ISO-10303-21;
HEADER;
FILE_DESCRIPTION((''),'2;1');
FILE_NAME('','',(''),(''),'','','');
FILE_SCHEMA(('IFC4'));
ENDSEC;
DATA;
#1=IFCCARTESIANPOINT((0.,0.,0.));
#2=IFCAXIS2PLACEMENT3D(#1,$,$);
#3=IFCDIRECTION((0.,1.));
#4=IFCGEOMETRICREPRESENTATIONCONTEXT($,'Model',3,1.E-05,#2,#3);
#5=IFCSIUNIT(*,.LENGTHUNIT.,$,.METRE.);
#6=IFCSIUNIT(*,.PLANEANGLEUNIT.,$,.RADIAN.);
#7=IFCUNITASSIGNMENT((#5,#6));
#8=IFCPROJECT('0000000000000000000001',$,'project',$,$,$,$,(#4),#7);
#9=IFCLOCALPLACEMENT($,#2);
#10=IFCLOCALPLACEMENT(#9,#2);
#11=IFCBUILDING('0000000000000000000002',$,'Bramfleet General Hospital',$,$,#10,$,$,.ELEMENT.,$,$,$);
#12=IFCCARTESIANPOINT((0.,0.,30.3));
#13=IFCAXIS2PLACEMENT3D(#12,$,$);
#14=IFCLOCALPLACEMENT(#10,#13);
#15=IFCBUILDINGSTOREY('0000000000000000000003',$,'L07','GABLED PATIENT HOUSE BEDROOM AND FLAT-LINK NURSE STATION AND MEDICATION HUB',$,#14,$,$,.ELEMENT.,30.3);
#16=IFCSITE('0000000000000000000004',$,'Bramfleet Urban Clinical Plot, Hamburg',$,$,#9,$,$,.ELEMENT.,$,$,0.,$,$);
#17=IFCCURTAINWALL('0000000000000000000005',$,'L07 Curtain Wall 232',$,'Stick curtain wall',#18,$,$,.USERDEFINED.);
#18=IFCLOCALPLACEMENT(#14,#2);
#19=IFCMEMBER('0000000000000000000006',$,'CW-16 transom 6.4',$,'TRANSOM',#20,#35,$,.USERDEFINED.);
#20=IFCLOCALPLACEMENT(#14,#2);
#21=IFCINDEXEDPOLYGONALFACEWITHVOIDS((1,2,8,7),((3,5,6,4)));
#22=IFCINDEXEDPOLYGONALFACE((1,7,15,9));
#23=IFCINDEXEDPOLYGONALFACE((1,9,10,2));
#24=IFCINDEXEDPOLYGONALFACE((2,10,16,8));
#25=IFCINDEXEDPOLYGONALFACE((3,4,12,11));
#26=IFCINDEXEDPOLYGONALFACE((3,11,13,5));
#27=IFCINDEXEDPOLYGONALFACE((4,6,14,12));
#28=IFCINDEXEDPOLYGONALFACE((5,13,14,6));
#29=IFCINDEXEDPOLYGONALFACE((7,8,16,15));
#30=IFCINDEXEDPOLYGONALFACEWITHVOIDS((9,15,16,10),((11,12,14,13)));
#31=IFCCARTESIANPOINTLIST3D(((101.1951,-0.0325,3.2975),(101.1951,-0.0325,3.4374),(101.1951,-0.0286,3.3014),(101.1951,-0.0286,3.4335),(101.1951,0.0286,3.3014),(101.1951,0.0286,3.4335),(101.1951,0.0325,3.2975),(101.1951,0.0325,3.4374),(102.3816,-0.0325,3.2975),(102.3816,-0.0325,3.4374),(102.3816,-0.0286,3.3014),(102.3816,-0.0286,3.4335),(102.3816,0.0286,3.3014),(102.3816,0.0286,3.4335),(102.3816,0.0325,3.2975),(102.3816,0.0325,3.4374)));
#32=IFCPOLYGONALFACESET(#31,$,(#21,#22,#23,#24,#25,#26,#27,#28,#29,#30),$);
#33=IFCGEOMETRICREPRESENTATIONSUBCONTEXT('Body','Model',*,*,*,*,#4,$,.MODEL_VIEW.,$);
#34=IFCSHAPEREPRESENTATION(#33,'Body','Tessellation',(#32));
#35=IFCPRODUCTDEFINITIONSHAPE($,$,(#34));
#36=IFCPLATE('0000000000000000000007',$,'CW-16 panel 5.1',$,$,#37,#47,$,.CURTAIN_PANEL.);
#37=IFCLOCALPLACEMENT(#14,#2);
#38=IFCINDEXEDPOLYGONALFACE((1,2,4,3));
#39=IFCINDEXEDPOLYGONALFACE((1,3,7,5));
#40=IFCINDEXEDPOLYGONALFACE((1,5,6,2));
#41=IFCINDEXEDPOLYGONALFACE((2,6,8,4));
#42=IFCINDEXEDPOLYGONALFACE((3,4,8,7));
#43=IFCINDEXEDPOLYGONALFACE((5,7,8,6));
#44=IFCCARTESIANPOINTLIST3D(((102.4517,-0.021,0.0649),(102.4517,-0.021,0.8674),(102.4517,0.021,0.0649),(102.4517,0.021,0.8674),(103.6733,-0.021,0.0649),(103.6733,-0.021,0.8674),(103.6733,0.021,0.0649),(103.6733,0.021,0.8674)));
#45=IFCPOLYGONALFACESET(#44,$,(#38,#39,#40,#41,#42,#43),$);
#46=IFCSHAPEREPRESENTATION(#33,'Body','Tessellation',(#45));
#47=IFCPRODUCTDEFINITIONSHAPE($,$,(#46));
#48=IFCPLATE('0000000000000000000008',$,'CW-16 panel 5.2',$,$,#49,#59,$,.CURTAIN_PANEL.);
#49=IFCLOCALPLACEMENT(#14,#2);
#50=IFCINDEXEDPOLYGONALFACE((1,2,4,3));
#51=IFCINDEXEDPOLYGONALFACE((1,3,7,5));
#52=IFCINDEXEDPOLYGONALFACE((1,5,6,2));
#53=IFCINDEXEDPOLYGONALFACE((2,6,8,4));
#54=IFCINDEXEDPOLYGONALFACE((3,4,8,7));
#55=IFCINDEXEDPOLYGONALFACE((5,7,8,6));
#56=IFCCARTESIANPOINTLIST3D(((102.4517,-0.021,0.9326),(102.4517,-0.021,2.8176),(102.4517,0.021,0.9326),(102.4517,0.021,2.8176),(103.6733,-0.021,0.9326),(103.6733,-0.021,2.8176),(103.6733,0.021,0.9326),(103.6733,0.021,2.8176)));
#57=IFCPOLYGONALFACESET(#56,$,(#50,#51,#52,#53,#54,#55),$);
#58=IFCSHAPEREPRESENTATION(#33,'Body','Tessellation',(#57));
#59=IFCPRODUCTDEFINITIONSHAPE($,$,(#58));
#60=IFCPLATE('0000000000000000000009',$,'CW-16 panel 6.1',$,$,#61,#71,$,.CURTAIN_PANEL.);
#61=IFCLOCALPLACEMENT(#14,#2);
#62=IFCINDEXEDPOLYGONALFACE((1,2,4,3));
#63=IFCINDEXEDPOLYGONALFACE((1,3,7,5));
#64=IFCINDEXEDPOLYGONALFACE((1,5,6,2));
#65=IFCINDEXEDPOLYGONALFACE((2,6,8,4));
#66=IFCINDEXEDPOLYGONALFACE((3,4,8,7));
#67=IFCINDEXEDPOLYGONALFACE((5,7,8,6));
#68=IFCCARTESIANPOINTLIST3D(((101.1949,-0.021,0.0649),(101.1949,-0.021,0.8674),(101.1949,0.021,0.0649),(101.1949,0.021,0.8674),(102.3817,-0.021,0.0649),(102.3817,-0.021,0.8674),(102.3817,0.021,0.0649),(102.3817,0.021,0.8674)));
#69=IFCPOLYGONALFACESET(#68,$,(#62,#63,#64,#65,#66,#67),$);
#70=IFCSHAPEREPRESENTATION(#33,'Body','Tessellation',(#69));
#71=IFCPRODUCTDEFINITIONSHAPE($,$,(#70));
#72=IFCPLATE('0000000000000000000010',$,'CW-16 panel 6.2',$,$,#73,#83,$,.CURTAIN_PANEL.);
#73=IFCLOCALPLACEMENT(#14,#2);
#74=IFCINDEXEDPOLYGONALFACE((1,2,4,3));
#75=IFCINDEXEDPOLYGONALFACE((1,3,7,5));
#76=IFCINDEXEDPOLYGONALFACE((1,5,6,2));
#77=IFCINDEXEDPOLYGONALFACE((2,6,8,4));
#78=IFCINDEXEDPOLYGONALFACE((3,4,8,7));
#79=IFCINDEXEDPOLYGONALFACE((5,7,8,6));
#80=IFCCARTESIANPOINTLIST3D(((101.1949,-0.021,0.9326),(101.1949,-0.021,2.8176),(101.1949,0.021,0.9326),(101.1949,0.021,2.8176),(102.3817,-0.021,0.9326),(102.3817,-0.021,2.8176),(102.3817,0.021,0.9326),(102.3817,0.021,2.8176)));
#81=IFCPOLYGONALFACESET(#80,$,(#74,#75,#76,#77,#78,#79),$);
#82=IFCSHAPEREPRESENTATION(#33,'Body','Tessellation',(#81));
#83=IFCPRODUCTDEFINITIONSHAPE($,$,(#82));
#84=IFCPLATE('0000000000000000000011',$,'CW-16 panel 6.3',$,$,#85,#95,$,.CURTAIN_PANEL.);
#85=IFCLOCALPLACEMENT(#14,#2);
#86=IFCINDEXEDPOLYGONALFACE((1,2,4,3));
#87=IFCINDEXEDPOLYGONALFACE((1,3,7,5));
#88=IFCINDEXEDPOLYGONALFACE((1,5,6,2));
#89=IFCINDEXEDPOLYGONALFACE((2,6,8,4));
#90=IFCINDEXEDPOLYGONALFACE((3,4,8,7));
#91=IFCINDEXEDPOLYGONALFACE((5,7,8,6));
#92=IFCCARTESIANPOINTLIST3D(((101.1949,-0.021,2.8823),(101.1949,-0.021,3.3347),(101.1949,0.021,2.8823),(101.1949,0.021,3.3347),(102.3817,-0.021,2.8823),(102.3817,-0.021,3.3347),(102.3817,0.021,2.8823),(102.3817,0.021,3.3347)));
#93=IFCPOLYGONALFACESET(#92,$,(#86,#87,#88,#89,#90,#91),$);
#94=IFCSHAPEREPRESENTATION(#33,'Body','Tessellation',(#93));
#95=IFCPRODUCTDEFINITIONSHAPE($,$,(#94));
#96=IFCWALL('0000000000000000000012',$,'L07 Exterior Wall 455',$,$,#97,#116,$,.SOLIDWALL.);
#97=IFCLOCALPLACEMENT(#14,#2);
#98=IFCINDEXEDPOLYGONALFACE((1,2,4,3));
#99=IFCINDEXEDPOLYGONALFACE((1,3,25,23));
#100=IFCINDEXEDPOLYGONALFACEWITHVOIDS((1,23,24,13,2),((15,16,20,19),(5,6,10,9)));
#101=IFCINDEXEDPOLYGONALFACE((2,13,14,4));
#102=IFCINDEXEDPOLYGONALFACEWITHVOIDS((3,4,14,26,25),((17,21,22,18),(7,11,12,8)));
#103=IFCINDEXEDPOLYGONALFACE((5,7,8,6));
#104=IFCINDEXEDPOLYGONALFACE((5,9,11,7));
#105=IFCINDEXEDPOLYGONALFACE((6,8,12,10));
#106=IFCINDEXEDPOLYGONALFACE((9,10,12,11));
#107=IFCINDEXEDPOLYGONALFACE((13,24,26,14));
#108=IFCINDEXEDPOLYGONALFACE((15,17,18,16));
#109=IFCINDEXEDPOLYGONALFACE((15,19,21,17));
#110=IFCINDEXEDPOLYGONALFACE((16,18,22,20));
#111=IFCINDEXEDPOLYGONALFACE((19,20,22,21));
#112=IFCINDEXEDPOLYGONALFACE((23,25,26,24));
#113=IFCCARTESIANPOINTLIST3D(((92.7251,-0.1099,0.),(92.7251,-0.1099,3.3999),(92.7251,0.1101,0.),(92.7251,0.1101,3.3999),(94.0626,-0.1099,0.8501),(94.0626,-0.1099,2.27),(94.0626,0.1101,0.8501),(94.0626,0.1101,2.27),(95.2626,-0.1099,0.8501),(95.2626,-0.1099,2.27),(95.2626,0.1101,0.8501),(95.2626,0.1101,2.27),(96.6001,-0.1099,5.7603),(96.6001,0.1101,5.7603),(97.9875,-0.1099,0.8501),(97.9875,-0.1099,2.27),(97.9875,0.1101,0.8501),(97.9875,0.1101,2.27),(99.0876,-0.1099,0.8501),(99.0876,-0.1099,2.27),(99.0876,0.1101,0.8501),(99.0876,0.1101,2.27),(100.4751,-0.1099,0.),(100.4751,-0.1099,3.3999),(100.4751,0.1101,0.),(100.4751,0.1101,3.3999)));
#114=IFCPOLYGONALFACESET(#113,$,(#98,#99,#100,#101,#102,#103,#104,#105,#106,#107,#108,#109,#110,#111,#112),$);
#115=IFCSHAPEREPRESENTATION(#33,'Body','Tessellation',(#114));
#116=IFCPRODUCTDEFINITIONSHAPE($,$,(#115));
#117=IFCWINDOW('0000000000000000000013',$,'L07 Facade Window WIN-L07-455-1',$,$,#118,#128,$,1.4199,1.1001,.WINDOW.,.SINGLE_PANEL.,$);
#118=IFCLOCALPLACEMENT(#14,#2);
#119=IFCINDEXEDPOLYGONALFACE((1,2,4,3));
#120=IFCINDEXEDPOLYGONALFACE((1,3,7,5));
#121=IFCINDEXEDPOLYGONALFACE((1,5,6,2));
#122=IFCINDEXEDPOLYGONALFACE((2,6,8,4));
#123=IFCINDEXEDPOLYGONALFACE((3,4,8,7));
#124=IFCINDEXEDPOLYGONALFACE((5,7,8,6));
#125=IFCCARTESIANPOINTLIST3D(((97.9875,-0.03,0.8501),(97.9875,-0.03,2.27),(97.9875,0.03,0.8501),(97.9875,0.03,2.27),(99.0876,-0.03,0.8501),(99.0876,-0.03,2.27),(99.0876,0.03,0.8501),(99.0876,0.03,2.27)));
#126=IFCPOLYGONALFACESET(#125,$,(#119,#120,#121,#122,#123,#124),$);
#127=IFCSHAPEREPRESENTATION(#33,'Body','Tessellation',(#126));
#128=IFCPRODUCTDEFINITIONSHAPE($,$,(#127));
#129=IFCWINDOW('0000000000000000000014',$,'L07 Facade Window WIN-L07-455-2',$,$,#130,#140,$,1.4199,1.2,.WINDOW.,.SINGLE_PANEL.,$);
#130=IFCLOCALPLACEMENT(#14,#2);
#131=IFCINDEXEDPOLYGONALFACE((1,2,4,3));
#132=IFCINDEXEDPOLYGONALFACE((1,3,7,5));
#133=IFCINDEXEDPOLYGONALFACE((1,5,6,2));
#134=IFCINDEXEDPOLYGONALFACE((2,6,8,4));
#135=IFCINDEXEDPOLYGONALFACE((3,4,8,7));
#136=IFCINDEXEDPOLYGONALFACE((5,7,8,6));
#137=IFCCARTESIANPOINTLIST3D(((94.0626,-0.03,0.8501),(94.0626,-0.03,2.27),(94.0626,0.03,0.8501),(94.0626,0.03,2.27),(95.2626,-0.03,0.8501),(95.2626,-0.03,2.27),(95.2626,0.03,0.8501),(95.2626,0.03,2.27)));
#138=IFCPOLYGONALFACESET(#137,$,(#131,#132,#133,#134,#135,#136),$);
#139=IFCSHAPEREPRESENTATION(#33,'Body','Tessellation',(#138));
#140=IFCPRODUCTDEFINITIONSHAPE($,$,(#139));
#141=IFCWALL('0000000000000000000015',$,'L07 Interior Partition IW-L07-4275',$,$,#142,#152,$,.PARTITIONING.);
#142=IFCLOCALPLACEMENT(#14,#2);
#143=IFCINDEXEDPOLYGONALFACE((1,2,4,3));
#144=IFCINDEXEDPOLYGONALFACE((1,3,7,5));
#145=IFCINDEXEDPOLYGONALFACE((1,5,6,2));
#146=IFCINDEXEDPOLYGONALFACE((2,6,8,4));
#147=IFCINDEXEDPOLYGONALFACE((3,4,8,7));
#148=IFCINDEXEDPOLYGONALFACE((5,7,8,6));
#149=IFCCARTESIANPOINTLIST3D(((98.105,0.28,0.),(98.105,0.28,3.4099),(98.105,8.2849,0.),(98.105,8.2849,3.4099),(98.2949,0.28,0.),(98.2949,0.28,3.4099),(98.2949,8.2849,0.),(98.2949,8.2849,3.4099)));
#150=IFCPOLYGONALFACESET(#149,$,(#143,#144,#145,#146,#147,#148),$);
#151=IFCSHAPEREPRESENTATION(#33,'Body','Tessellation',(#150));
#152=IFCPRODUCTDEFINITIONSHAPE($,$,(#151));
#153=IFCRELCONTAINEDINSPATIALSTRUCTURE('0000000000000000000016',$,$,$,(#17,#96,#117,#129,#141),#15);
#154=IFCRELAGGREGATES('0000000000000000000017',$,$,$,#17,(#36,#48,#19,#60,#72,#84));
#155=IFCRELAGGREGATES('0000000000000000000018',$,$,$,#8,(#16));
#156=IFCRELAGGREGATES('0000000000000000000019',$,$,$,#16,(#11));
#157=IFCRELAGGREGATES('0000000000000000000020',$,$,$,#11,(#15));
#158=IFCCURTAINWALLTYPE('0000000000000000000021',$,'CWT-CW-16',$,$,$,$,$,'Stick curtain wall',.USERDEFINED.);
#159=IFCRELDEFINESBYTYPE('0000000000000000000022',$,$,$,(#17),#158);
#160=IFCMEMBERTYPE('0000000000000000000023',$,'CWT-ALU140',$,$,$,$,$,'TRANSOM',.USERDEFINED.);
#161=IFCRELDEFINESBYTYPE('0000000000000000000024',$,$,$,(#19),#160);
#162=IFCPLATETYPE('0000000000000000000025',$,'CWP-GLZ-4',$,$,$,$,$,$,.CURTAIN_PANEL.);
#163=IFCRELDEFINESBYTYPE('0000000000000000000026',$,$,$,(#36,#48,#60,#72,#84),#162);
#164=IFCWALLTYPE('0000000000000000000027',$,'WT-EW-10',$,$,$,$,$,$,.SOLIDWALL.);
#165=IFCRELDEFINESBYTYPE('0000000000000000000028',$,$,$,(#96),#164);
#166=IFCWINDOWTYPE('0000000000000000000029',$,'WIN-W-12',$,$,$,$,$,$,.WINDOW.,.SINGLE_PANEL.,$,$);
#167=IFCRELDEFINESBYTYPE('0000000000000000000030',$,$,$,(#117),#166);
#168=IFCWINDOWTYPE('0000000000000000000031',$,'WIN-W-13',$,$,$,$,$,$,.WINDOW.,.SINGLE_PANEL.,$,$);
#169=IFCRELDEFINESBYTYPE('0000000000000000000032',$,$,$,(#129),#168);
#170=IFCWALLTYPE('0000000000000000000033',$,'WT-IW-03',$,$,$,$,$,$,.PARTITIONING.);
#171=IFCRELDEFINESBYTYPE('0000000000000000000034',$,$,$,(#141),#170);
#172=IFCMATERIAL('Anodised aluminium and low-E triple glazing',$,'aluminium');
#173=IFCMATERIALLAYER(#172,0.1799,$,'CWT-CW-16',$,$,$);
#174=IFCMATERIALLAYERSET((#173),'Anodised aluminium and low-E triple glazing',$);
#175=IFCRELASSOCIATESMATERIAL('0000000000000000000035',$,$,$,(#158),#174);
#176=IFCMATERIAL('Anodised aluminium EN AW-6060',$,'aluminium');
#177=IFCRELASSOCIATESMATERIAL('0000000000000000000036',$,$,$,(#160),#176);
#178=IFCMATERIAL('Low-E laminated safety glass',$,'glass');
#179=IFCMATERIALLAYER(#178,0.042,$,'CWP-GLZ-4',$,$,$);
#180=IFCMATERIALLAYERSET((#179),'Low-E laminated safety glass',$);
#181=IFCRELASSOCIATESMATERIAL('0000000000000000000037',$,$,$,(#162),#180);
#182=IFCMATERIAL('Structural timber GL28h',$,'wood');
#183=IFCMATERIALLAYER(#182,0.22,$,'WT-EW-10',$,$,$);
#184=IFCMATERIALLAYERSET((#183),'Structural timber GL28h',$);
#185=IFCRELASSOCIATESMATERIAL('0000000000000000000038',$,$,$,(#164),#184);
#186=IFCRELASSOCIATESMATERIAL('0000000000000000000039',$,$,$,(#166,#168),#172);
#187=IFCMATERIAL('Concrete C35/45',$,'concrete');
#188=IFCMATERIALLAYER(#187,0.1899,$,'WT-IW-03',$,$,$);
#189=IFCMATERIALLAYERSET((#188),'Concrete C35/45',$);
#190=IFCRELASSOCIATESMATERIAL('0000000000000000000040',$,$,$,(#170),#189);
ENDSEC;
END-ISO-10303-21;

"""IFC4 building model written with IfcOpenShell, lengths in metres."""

from ifc_helpers import new_model, si_unit, direction, frame, frame_2d, origin, origin_2d, place, context, subcontext, project, spatial, polyline, rectangle, hollow_rectangle, outline, extrude, material, layer, layer_set, material_profile, profile_set, type_object, element, fill, aggregate, save


model = new_model("IFC4")

# Units and contexts
model_context = context("Model", 3, precision=1e-05, world=origin(), true_north=direction((0.0, 1.0)))
body_context = subcontext(model_context, "Body", "Model", "MODEL_VIEW")
ifc_project = project(units=[si_unit("LENGTHUNIT", "METRE"), si_unit("PLANEANGLEUNIT", "RADIAN")], contexts=[model_context])

# Site, building, storey
site_placement = place(None, origin())
site = spatial("IfcSite", under=ifc_project, at=site_placement, Name="Bramfleet Urban Clinical Plot, Hamburg", CompositionType="ELEMENT", RefElevation=0.0)
building_placement = place(site_placement, origin())
building = spatial("IfcBuilding", under=site, at=building_placement, Name="Bramfleet General Hospital", CompositionType="ELEMENT")
storey_placement = place(building_placement, frame((0.0, 0.0, 30.3)))
storey = spatial("IfcBuildingStorey", under=building, at=storey_placement, Name="L07", Description="GABLED PATIENT HOUSE BEDROOM AND FLAT-LINK NURSE STATION AND MEDICATION HUB", CompositionType="ELEMENT", Elevation=30.3)

# Curtain wall, member, plates
ifc_material_1 = material(Name="Anodised aluminium and low-E triple glazing", Category="aluminium")
ifc_layer_1 = layer(ifc_material_1, 0.1799, Name="CWT-CW-16")
ifc_layer_set_1 = layer_set([ifc_layer_1], Name="Anodised aluminium and low-E triple glazing")
curtain_wall_type = type_object("IfcCurtainWallType", Name="CWT-CW-16", ElementType="Stick curtain wall", PredefinedType="USERDEFINED", material=ifc_layer_set_1)
curtain_wall_placement = place(storey_placement, origin())
curtain_wall = element("IfcCurtainWall", 1, at=curtain_wall_placement, inside=storey, type_object=curtain_wall_type, Name="L07 Curtain Wall 232", ObjectType="Stick curtain wall", PredefinedType="USERDEFINED")
ifc_material_2 = material(Name="Anodised aluminium EN AW-6060", Category="aluminium")
ifc_material_profile_1 = material_profile(ifc_material_2, hollow_rectangle(XDim=0.0649, YDim=0.1399, WallThickness=0.0039, at=origin_2d()), Name="ALU 140x65x4.0")
ifc_profile_set_1 = profile_set([ifc_material_profile_1], Name="Anodised aluminium EN AW-6060")
member_type_1 = type_object("IfcMemberType", Name="CWT-ALU140", ElementType="TRANSOM", PredefinedType="USERDEFINED", material=ifc_profile_set_1)
member_1_placement = place(storey_placement, frame((102.3816, 0.0, 3.3674), z_axis=(-1.0, 0.0, 0.0), x_axis=(0.0, -1.0, 0.0)))
member_1 = element("IfcMember", 2, at=member_1_placement, type_object=member_type_1, Name="CW-16 transom 6.4", ObjectType="TRANSOM", PredefinedType="USERDEFINED", context=body_context, shape_type="SweptSolid", body=[
    extrude(hollow_rectangle(XDim=0.0649, YDim=0.1399, WallThickness=0.0039, at=origin_2d()), origin(), (0.0, 0.0, 1.0), 1.1865),
])
ifc_material_3 = material(Name="Low-E laminated safety glass", Category="glass")
ifc_layer_2 = layer(ifc_material_3, 0.042, Name="CWP-GLZ-4")
ifc_layer_set_2 = layer_set([ifc_layer_2], Name="Low-E laminated safety glass")
plate_type = type_object("IfcPlateType", Name="CWP-GLZ-4", PredefinedType="CURTAIN_PANEL", material=ifc_layer_set_2)
plate_1_placement = place(storey_placement, frame((103.0625, 0.0, 0.0649), z_axis=(0.0, 0.0, 1.0), x_axis=(-1.0, 0.0, 0.0)))
plate_1 = element("IfcPlate", 3, at=plate_1_placement, type_object=plate_type, Name="CW-16 panel 5.1", PredefinedType="CURTAIN_PANEL", context=body_context, shape_type="SweptSolid", body=[
    extrude(rectangle(XDim=1.2217, YDim=0.042, at=origin_2d()), origin(), (0.0, 0.0, 1.0), 0.8025),
])
plate_2_placement = place(storey_placement, frame((103.0625, 0.0, 0.9326), z_axis=(0.0, 0.0, 1.0), x_axis=(-1.0, 0.0, 0.0)))
plate_2 = element("IfcPlate", 4, at=plate_2_placement, type_object=plate_type, Name="CW-16 panel 5.2", PredefinedType="CURTAIN_PANEL", context=body_context, shape_type="SweptSolid", body=[
    extrude(rectangle(XDim=1.2217, YDim=0.042, at=origin_2d()), origin(), (0.0, 0.0, 1.0), 1.885),
])
plate_3_placement = place(storey_placement, frame((101.7883, 0.0, 0.0649), z_axis=(0.0, 0.0, 1.0), x_axis=(-1.0, 0.0, 0.0)))
plate_3 = element("IfcPlate", 5, at=plate_3_placement, type_object=plate_type, Name="CW-16 panel 6.1", PredefinedType="CURTAIN_PANEL", context=body_context, shape_type="SweptSolid", body=[
    extrude(rectangle(XDim=1.1868, YDim=0.042, at=origin_2d()), origin(), (0.0, 0.0, 1.0), 0.8025),
])
plate_4_placement = place(storey_placement, frame((101.7883, 0.0, 0.9326), z_axis=(0.0, 0.0, 1.0), x_axis=(-1.0, 0.0, 0.0)))
plate_4 = element("IfcPlate", 6, at=plate_4_placement, type_object=plate_type, Name="CW-16 panel 6.2", PredefinedType="CURTAIN_PANEL", context=body_context, shape_type="SweptSolid", body=[
    extrude(rectangle(XDim=1.1868, YDim=0.042, at=origin_2d()), origin(), (0.0, 0.0, 1.0), 1.885),
])
plate_5_placement = place(storey_placement, frame((101.7883, 0.0, 2.8823), z_axis=(0.0, 0.0, 1.0), x_axis=(-1.0, 0.0, 0.0)))
plate_5 = element("IfcPlate", 7, at=plate_5_placement, type_object=plate_type, Name="CW-16 panel 6.3", PredefinedType="CURTAIN_PANEL", context=body_context, shape_type="SweptSolid", body=[
    extrude(rectangle(XDim=1.1868, YDim=0.042, at=origin_2d()), origin(), (0.0, 0.0, 1.0), 0.4524),
])
aggregate(curtain_wall, [plate_1, plate_2, member_1, plate_3, plate_4, plate_5])

# Wall, openings, windows
ifc_material_4 = material(Name="Structural timber GL28h", Category="wood")
ifc_layer_3 = layer(ifc_material_4, 0.22, Name="WT-EW-10")
ifc_layer_set_3 = layer_set([ifc_layer_3], Name="Structural timber GL28h")
wall_type_1 = type_object("IfcWallType", Name="WT-EW-10", PredefinedType="SOLIDWALL", material=ifc_layer_set_3)
wall_1_placement = place(storey_placement, frame((100.4751, 0.0, 0.0), z_axis=(0.0, 0.0, 1.0), x_axis=(-1.0, 0.0, 0.0)))
wall_1 = element("IfcWall", 8, at=wall_1_placement, inside=storey, type_object=wall_type_1, Name="L07 Exterior Wall 455", PredefinedType="SOLIDWALL", context=body_context, shape_type="SweptSolid", body=[
    extrude(outline(polyline([(0.0, 0.0), (7.75, 0.0), (7.75, 3.3999), (3.875, 5.7603), (0.0, 3.3999), (0.0, 0.0)])), frame((0.0, 0.1099, 0.0), z_axis=(0.0, -1.0, 0.0), x_axis=(1.0, 0.0, 0.0)), (0.0, 0.0, 1.0), 0.22),
])
opening_1_placement = place(wall_1_placement, frame((1.3875, 0.0, 0.8501)))
opening_1 = element("IfcOpeningElement", 9, at=opening_1_placement, cuts=wall_1, PredefinedType="OPENING", context=body_context, shape_type="SweptSolid", body=[
    extrude(rectangle(XDim=1.1001, YDim=1.4199, at=frame_2d((0.55, 0.71))), frame((0.0, 0.1199, 0.0), z_axis=(0.0, -1.0, 0.0), x_axis=(1.0, 0.0, 0.0)), (0.0, 0.0, 1.0), 0.24),
])
opening_2_placement = place(wall_1_placement, frame((5.2124, 0.0, 0.8501)))
opening_2 = element("IfcOpeningElement", 10, at=opening_2_placement, cuts=wall_1, PredefinedType="OPENING", context=body_context, shape_type="SweptSolid", body=[
    extrude(rectangle(XDim=1.2, YDim=1.4199, at=frame_2d((0.6001, 0.71))), frame((0.0, 0.1199, 0.0), z_axis=(0.0, -1.0, 0.0), x_axis=(1.0, 0.0, 0.0)), (0.0, 0.0, 1.0), 0.24),
])
window_type_1 = type_object("IfcWindowType", Name="WIN-W-12", PartitioningType="SINGLE_PANEL", PredefinedType="WINDOW", material=ifc_material_1)
window_1_placement = place(opening_1_placement, origin())
window_1 = element("IfcWindow", 11, at=window_1_placement, inside=storey, type_object=window_type_1, Name="L07 Facade Window WIN-L07-455-1", OverallHeight=1.4199, OverallWidth=1.1001, PartitioningType="SINGLE_PANEL", PredefinedType="WINDOW", context=body_context, shape_type="SweptSolid", body=[
    extrude(rectangle(XDim=1.1001, YDim=1.4199, at=frame_2d((0.55, 0.71))), frame((0.0, 0.03, 0.0), z_axis=(0.0, -1.0, 0.0), x_axis=(1.0, 0.0, 0.0)), (0.0, 0.0, 1.0), 0.0601),
])
fill(opening_1, window_1)
window_type_2 = type_object("IfcWindowType", Name="WIN-W-13", PartitioningType="SINGLE_PANEL", PredefinedType="WINDOW", material=ifc_material_1)
window_2_placement = place(opening_2_placement, origin())
window_2 = element("IfcWindow", 12, at=window_2_placement, inside=storey, type_object=window_type_2, Name="L07 Facade Window WIN-L07-455-2", OverallHeight=1.4199, OverallWidth=1.2, PartitioningType="SINGLE_PANEL", PredefinedType="WINDOW", context=body_context, shape_type="SweptSolid", body=[
    extrude(rectangle(XDim=1.2, YDim=1.4199, at=frame_2d((0.6001, 0.71))), frame((0.0, 0.03, 0.0), z_axis=(0.0, -1.0, 0.0), x_axis=(1.0, 0.0, 0.0)), (0.0, 0.0, 1.0), 0.0601),
])
fill(opening_2, window_2)

# Wall
ifc_material_5 = material(Name="Concrete C35/45", Category="concrete")
ifc_layer_4 = layer(ifc_material_5, 0.1899, Name="WT-IW-03")
ifc_layer_set_4 = layer_set([ifc_layer_4], Name="Concrete C35/45")
wall_type_2 = type_object("IfcWallType", Name="WT-IW-03", PredefinedType="PARTITIONING", material=ifc_layer_set_4)
wall_2_placement = place(storey_placement, frame((98.2, 0.28, 0.0), z_axis=(0.0, 0.0, 1.0), x_axis=(0.0, 1.0, 0.0)))
element("IfcWall", 13, at=wall_2_placement, inside=storey, type_object=wall_type_2, Name="L07 Interior Partition IW-L07-4275", PredefinedType="PARTITIONING", context=body_context, shape_type="SweptSolid", body=[
    extrude(rectangle(XDim=8.0049, YDim=0.1899, at=frame_2d((4.0024, 0.0))), origin(), (0.0, 0.0, 1.0), 3.4099),
])

save(model, "model.ifc")
